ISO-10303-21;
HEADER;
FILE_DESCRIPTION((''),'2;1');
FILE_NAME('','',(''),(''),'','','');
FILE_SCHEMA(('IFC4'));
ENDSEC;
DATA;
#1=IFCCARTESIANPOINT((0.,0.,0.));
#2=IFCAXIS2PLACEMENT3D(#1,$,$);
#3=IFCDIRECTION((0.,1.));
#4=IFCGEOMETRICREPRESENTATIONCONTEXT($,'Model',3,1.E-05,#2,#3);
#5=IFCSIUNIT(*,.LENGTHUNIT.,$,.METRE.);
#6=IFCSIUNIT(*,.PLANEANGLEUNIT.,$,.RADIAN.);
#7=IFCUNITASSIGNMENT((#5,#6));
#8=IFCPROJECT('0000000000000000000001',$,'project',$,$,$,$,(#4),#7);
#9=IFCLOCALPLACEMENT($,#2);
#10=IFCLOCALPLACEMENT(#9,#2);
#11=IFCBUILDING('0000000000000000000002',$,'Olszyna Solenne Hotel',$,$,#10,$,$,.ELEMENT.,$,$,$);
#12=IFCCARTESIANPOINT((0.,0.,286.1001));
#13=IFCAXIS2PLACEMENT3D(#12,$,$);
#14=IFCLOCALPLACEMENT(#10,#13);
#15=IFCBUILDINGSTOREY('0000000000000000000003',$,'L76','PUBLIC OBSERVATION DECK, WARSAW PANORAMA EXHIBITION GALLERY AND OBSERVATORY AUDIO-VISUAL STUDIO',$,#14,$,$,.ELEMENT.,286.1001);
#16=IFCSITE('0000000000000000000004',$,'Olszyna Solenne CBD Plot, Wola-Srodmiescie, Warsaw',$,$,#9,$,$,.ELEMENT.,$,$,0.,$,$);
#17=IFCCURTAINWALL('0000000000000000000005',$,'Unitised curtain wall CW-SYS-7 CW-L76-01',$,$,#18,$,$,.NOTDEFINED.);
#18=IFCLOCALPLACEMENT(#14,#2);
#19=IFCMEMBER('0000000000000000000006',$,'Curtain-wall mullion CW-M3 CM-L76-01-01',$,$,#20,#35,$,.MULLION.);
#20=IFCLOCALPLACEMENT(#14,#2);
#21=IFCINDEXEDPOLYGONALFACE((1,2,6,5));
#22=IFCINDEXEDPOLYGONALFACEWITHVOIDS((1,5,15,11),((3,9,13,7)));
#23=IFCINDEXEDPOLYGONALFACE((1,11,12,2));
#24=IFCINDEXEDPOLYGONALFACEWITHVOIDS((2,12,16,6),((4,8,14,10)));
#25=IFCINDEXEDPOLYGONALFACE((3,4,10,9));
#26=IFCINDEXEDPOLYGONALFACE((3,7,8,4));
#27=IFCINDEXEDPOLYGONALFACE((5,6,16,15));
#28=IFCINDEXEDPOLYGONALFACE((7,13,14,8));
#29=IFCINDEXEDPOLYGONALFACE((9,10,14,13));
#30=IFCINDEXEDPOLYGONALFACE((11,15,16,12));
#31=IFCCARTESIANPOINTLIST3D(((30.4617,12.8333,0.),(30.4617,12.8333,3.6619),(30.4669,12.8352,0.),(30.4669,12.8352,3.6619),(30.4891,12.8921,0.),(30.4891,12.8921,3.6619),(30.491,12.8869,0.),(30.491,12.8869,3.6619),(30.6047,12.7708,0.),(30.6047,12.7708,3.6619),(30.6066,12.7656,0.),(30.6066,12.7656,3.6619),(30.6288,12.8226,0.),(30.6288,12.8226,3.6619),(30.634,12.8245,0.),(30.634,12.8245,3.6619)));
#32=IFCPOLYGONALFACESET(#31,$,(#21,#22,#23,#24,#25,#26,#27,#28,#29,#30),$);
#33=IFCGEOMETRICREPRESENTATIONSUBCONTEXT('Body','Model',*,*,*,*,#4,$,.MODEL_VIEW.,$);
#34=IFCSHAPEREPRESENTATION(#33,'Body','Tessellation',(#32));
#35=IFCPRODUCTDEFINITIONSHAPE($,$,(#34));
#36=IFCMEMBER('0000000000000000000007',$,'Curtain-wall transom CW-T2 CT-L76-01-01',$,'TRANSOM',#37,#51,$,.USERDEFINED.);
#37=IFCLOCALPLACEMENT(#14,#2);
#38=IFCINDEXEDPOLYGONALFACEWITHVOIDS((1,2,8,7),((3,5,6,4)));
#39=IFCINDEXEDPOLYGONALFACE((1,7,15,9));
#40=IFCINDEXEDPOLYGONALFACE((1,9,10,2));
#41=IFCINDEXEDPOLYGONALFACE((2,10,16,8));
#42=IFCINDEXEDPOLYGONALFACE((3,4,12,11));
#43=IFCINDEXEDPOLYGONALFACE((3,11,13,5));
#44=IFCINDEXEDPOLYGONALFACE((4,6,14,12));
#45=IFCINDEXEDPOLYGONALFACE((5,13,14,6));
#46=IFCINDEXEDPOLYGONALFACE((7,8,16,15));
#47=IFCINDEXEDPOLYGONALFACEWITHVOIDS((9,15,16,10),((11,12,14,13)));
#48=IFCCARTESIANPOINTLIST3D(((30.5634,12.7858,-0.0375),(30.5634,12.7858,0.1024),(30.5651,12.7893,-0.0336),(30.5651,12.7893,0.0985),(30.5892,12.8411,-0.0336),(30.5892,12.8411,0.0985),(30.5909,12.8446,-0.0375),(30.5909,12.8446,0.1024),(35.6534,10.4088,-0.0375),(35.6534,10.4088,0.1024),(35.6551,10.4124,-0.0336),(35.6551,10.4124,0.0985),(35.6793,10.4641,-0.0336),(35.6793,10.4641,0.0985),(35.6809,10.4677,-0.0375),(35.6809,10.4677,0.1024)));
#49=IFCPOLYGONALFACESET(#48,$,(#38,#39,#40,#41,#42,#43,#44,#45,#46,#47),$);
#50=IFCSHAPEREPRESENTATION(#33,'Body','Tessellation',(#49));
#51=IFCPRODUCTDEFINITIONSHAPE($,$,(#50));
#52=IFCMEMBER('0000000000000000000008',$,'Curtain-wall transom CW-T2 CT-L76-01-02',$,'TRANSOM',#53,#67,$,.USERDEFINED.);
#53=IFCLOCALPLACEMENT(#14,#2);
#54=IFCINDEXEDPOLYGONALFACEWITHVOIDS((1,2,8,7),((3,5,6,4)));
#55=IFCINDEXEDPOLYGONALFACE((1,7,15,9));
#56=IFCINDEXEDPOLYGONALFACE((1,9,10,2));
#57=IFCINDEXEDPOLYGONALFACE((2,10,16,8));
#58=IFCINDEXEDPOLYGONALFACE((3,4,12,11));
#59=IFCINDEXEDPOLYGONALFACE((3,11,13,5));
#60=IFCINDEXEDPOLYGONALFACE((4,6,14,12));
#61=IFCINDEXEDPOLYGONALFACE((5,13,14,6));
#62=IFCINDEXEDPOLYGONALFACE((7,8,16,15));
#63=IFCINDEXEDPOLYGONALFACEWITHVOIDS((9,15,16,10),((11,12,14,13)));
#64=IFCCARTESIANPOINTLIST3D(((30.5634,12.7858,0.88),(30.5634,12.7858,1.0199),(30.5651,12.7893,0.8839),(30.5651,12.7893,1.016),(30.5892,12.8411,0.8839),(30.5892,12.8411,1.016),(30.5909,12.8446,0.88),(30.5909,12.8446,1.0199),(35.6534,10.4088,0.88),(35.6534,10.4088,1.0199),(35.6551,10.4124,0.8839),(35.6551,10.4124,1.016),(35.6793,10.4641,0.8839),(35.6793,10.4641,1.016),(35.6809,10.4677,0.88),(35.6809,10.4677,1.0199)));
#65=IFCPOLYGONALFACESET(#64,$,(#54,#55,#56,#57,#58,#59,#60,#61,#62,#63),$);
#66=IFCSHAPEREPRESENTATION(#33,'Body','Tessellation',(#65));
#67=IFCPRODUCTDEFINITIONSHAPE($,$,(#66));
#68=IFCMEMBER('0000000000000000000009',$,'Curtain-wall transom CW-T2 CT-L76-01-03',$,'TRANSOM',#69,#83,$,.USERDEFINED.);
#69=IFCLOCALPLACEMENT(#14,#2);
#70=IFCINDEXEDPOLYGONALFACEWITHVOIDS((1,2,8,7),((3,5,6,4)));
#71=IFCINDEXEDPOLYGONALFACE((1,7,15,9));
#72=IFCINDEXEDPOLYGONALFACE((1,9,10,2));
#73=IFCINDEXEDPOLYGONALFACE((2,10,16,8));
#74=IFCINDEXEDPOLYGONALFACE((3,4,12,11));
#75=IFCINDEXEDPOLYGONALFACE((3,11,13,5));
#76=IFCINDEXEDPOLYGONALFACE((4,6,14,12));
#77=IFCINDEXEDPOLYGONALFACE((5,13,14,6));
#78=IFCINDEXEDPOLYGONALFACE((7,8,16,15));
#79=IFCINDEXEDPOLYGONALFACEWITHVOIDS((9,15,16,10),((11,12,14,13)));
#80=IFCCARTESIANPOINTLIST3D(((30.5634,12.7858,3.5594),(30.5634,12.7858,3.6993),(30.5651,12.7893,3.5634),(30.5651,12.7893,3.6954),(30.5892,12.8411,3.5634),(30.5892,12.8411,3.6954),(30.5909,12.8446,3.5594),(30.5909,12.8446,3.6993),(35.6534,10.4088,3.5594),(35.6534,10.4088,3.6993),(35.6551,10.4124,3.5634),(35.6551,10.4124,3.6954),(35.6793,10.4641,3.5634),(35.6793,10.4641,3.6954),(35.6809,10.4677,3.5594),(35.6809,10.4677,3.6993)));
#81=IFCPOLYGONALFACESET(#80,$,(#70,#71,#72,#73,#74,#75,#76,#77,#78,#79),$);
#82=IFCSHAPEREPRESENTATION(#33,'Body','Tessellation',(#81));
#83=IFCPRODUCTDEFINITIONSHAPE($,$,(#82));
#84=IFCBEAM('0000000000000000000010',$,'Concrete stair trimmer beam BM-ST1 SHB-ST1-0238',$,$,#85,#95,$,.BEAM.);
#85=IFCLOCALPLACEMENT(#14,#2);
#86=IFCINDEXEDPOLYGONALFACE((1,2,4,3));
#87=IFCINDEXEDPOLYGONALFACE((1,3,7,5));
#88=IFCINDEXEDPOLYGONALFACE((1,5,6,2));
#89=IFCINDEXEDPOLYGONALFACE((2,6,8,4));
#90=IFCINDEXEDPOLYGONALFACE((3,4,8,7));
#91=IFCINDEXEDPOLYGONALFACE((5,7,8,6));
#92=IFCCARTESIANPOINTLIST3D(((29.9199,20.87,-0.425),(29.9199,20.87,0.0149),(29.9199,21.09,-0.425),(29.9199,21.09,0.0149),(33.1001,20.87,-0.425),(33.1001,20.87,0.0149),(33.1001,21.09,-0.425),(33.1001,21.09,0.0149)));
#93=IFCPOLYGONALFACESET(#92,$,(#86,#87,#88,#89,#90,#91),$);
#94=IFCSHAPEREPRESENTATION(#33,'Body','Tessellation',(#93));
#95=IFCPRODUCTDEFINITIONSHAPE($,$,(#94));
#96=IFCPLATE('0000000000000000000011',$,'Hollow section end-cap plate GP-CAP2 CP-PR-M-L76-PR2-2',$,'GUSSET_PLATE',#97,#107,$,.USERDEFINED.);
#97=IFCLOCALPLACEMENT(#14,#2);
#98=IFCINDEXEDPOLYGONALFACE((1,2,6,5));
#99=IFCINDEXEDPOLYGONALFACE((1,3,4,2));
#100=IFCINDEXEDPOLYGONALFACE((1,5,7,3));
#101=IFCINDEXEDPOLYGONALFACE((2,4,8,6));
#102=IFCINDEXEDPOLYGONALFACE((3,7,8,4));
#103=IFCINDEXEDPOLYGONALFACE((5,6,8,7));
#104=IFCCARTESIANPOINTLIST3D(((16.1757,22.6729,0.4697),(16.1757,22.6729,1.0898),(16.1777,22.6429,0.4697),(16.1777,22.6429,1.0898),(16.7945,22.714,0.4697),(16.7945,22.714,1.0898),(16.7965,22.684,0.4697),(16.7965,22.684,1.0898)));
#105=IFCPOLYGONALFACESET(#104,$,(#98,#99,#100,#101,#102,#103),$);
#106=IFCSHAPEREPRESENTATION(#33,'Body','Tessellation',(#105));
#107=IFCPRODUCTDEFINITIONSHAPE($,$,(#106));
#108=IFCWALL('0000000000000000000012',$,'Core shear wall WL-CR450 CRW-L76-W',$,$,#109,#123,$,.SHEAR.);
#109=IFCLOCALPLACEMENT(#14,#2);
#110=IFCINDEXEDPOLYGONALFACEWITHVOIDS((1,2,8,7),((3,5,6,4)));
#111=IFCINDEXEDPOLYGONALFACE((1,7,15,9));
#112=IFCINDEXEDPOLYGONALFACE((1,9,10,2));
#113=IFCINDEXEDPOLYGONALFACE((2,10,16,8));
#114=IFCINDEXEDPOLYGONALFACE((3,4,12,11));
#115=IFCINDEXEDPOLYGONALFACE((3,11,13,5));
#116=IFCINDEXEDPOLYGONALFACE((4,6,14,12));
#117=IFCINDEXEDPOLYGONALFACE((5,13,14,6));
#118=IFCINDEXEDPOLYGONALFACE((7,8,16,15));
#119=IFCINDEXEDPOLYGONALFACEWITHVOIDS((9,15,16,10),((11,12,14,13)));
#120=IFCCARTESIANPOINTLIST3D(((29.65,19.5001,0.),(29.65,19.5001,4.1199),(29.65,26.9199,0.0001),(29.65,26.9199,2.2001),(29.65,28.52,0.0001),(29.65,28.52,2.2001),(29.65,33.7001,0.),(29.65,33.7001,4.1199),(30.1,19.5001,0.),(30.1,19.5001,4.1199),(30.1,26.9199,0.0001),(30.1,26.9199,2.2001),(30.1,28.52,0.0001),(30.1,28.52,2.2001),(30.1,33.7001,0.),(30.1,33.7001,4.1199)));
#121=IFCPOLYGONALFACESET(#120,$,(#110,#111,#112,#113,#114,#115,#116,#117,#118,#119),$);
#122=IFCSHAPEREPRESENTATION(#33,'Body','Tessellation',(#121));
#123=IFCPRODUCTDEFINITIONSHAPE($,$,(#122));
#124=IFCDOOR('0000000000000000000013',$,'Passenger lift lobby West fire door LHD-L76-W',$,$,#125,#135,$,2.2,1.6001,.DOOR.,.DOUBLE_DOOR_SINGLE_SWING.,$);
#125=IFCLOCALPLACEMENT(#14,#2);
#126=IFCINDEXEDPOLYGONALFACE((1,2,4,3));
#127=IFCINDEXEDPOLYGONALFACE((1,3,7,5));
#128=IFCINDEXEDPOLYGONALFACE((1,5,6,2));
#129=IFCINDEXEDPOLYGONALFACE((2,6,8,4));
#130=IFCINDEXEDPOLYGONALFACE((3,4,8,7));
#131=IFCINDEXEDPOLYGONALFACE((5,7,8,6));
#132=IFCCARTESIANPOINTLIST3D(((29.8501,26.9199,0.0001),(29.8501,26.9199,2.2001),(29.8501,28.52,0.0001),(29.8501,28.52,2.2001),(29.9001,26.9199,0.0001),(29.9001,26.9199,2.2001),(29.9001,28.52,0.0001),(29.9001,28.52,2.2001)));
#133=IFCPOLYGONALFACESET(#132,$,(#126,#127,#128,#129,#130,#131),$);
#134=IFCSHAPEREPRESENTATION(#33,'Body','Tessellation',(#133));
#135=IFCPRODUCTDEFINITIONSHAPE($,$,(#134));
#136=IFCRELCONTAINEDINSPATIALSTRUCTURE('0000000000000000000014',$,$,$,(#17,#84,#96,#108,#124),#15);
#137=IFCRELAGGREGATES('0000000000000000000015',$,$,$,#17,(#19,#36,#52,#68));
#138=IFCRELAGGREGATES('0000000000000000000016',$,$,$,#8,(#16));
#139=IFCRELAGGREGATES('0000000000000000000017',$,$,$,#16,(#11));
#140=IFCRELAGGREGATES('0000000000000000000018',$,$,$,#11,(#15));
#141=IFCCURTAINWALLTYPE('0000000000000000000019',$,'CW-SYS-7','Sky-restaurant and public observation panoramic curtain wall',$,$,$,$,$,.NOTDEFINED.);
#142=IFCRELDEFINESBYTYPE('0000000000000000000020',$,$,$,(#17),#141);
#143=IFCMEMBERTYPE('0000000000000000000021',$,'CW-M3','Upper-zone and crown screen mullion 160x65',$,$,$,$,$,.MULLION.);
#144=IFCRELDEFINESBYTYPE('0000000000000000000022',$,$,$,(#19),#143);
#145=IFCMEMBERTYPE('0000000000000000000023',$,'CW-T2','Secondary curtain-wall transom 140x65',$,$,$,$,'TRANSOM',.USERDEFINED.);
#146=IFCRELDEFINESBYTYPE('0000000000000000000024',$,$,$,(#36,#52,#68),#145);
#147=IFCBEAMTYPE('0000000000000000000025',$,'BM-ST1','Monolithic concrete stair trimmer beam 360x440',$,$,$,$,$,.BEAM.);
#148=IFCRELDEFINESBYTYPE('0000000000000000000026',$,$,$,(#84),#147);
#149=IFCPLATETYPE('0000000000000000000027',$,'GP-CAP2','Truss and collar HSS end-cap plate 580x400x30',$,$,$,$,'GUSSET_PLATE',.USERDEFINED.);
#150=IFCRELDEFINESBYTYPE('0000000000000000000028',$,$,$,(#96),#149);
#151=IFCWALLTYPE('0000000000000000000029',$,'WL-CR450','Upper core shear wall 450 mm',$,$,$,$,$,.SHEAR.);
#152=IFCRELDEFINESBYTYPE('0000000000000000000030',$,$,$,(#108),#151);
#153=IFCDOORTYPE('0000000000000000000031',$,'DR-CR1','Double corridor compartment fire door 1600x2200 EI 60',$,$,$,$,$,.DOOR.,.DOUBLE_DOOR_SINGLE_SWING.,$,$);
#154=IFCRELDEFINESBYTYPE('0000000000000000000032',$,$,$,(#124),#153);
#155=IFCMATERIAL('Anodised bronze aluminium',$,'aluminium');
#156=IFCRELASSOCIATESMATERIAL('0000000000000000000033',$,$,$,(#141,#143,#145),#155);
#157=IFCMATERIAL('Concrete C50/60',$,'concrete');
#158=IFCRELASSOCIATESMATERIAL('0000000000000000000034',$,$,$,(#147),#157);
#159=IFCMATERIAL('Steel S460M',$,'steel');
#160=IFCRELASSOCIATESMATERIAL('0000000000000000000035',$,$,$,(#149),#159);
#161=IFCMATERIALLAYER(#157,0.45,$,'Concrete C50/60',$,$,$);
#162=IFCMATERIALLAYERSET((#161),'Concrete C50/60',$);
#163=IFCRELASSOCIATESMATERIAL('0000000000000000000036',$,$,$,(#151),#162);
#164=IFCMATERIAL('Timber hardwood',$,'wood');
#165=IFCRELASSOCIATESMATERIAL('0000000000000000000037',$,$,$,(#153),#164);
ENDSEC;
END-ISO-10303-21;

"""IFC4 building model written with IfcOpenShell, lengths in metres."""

from ifc_helpers import new_model, si_unit, direction, frame, frame_2d, origin, origin_2d, place, context, subcontext, project, spatial, rectangle, hollow_rectangle, extrude, source, transform, mapped, material, layer, layer_set, material_profile, profile_set, type_object, type_shapes, element, fill, aggregate, save


model = new_model("IFC4")

# Units and contexts
model_context = context("Model", 3, precision=1e-05, world=origin(), true_north=direction((0.0, 1.0)))
body_context = subcontext(model_context, "Body", "Model", "MODEL_VIEW")
ifc_project = project(units=[si_unit("LENGTHUNIT", "METRE"), si_unit("PLANEANGLEUNIT", "RADIAN")], contexts=[model_context])

# Site, building, storey
site_placement = place(None, origin())
site = spatial("IfcSite", under=ifc_project, at=site_placement, Name="Olszyna Solenne CBD Plot, Wola-Srodmiescie, Warsaw", CompositionType="ELEMENT", RefElevation=0.0)
building_placement = place(site_placement, origin())
building = spatial("IfcBuilding", under=site, at=building_placement, Name="Olszyna Solenne Hotel", CompositionType="ELEMENT")
storey_placement = place(building_placement, frame((0.0, 0.0, 286.1001)))
storey = spatial("IfcBuildingStorey", under=building, at=storey_placement, Name="L76", Description="PUBLIC OBSERVATION DECK, WARSAW PANORAMA EXHIBITION GALLERY AND OBSERVATORY AUDIO-VISUAL STUDIO", CompositionType="ELEMENT", Elevation=286.1001)

# Curtain wall, members
ifc_material_1 = material(Name="Anodised bronze aluminium", Category="aluminium")
curtain_wall_type = type_object("IfcCurtainWallType", Name="CW-SYS-7", Description="Sky-restaurant and public observation panoramic curtain wall", PredefinedType="NOTDEFINED", material=ifc_material_1)
curtain_wall_placement = place(storey_placement, origin())
curtain_wall = element("IfcCurtainWall", 1, at=curtain_wall_placement, inside=storey, type_object=curtain_wall_type, Name="Unitised curtain wall CW-SYS-7 CW-L76-01", PredefinedType="NOTDEFINED")
ifc_material_profile_1 = material_profile(ifc_material_1, hollow_rectangle(XDim=0.0649, YDim=0.1599, WallThickness=0.0039, at=origin_2d()), Name="MULL 160x65x4", Category="load-bearing")
ifc_profile_set_1 = profile_set([ifc_material_profile_1], Name="Anodised bronze aluminium")
member_type_1 = type_object("IfcMemberType", Name="CW-M3", Description="Upper-zone and crown screen mullion 160x65", PredefinedType="MULLION", material=ifc_profile_set_1)
shared_shape_1 = source(origin(), body_context, "Body", "SweptSolid", [
    extrude(hollow_rectangle(XDim=0.0649, YDim=0.1599, WallThickness=0.0039, at=origin_2d()), origin(), (0.0, 0.0, 1.0), 3.6619),
])
member_1_placement = place(storey_placement, frame((30.5479, 12.8289, 0.0), z_axis=(0.0, 0.0, 1.0), x_axis=(0.423084, 0.90609, 0.0)))
member_1 = element("IfcMember", 2, at=member_1_placement, type_object=member_type_1, Name="Curtain-wall mullion CW-M3 CM-L76-01-01", PredefinedType="MULLION", context=body_context, shape_type="MappedRepresentation", body=[
    mapped(shared_shape_1, transform((0.0, 0.0, 0.0), x_axis=(1.0, 0.0, 0.0), y_axis=(0.0, 1.0, 0.0), z_axis=(0.0, 0.0, 1.0), scale=1.0)),
])
ifc_material_profile_2 = material_profile(ifc_material_1, hollow_rectangle(XDim=0.0649, YDim=0.1399, WallThickness=0.0039, at=origin_2d()), Name="TRAN 140x65x4", Category="load-bearing")
ifc_profile_set_2 = profile_set([ifc_material_profile_2], Name="Anodised bronze aluminium")
member_type_2 = type_object("IfcMemberType", Name="CW-T2", Description="Secondary curtain-wall transom 140x65", ElementType="TRANSOM", PredefinedType="USERDEFINED", material=ifc_profile_set_2)
shared_shape_2 = source(origin(), body_context, "Body", "SweptSolid", [
    extrude(hollow_rectangle(XDim=0.0649, YDim=0.1399, WallThickness=0.0039, at=origin_2d()), origin(), (0.0, 0.0, 1.0), 5.6177),
])
member_2_placement = place(storey_placement, frame((30.5771, 12.8152, 0.0325), z_axis=(0.906075, -0.423116, 0.0), x_axis=(0.423116, 0.906075, 0.0)))
member_2 = element("IfcMember", 3, at=member_2_placement, type_object=member_type_2, Name="Curtain-wall transom CW-T2 CT-L76-01-01", ObjectType="TRANSOM", PredefinedType="USERDEFINED", context=body_context, shape_type="MappedRepresentation", body=[
    mapped(shared_shape_2, transform((0.0, 0.0, 0.0), x_axis=(1.0, 0.0, 0.0), y_axis=(0.0, 1.0, 0.0), z_axis=(0.0, 0.0, 1.0), scale=1.0)),
])
member_3_placement = place(storey_placement, frame((30.5771, 12.8152, 0.95), z_axis=(0.906075, -0.423116, 0.0), x_axis=(0.423116, 0.906075, 0.0)))
member_3 = element("IfcMember", 4, at=member_3_placement, type_object=member_type_2, Name="Curtain-wall transom CW-T2 CT-L76-01-02", ObjectType="TRANSOM", PredefinedType="USERDEFINED", context=body_context, shape_type="MappedRepresentation", body=[
    mapped(shared_shape_2, transform((0.0, 0.0, 0.0), x_axis=(1.0, 0.0, 0.0), y_axis=(0.0, 1.0, 0.0), z_axis=(0.0, 0.0, 1.0), scale=1.0)),
])
member_4_placement = place(storey_placement, frame((30.5771, 12.8152, 3.6294), z_axis=(0.906075, -0.423116, 0.0), x_axis=(0.423116, 0.906075, 0.0)))
member_4 = element("IfcMember", 5, at=member_4_placement, type_object=member_type_2, Name="Curtain-wall transom CW-T2 CT-L76-01-03", ObjectType="TRANSOM", PredefinedType="USERDEFINED", context=body_context, shape_type="MappedRepresentation", body=[
    mapped(shared_shape_2, transform((0.0, 0.0, 0.0), x_axis=(1.0, 0.0, 0.0), y_axis=(0.0, 1.0, 0.0), z_axis=(0.0, 0.0, 1.0), scale=1.0)),
])
aggregate(curtain_wall, [member_1, member_2, member_3, member_4])

# Beam
ifc_material_2 = material(Name="Concrete C50/60", Category="concrete")
ifc_material_profile_3 = material_profile(ifc_material_2, rectangle(XDim=0.22, YDim=0.4399, at=origin_2d()), Name="RC 220x440", Category="load-bearing")
ifc_profile_set_3 = profile_set([ifc_material_profile_3], Name="Concrete C50/60")
beam_type_1 = type_object("IfcBeamType", Name="BM-ST1", Description="Monolithic concrete stair trimmer beam 360x440", PredefinedType="BEAM", material=ifc_profile_set_3)
shared_shape_3 = source(origin(), body_context, "Body", "SweptSolid", [
    extrude(rectangle(XDim=0.22, YDim=0.4399, at=origin_2d()), origin(), (0.0, 0.0, 1.0), 3.1802),
])
beam_1_placement = place(storey_placement, frame((33.1001, 20.98, -0.2051), z_axis=(-1.0, 0.0, 0.0), x_axis=(0.0, -1.0, 0.0)))
element("IfcBeam", 6, at=beam_1_placement, inside=storey, type_object=beam_type_1, Name="Concrete stair trimmer beam BM-ST1 SHB-ST1-0238", PredefinedType="BEAM", context=body_context, shape_type="MappedRepresentation", body=[
    mapped(shared_shape_3, transform((0.0, 0.0, 0.0), x_axis=(1.0, 0.0, 0.0), y_axis=(0.0, 1.0, 0.0), z_axis=(0.0, 0.0, 1.0), scale=1.0)),
])

# Plate
ifc_material_3 = material(Name="Steel S460M", Category="steel")
plate_type = type_object("IfcPlateType", Name="GP-CAP2", Description="Truss and collar HSS end-cap plate 580x400x30", ElementType="GUSSET_PLATE", PredefinedType="USERDEFINED", material=ifc_material_3)
shared_shape_4 = source(origin(), body_context, "Body", "SweptSolid", [
    extrude(rectangle(XDim=0.03, YDim=0.6201, at=origin_2d()), origin(), (0.0, 0.0, 1.0), 0.6201),
])
plate_placement = place(storey_placement, frame((16.4861, 22.6785, 0.4697), z_axis=(0.0, 0.0, 1.0), x_axis=(0.066274, -0.997801, 0.0)))
element("IfcPlate", 7, at=plate_placement, inside=storey, type_object=plate_type, Name="Hollow section end-cap plate GP-CAP2 CP-PR-M-L76-PR2-2", ObjectType="GUSSET_PLATE", PredefinedType="USERDEFINED", context=body_context, shape_type="MappedRepresentation", body=[
    mapped(shared_shape_4, transform((0.0, 0.0, 0.0), x_axis=(1.0, 0.0, 0.0), y_axis=(0.0, 1.0, 0.0), z_axis=(0.0, 0.0, 1.0), scale=1.0)),
])

# Wall, opening, door
ifc_layer_1 = layer(ifc_material_2, 0.45, Name="Concrete C50/60")
ifc_layer_set_1 = layer_set([ifc_layer_1], Name="Concrete C50/60")
wall_type_1 = type_object("IfcWallType", Name="WL-CR450", Description="Upper core shear wall 450 mm", PredefinedType="SHEAR", material=ifc_layer_set_1)
wall_1_placement = place(storey_placement, frame((29.875, 19.5, 0.0), z_axis=(0.0, 0.0, 1.0), x_axis=(0.0, 1.0, 0.0)))
wall_1 = element("IfcWall", 8, at=wall_1_placement, inside=storey, type_object=wall_type_1, Name="Core shear wall WL-CR450 CRW-L76-W", PredefinedType="SHEAR", context=body_context, shape_type="SweptSolid", body=[
    extrude(rectangle(XDim=14.2, YDim=0.45, at=frame_2d((7.1001, 0.0))), origin(), (0.0, 0.0, 1.0), 4.1199),
])
opening_1_placement = place(wall_1_placement, frame((7.4199, 0.0, 0.0)))
opening_1 = element("IfcOpeningElement", 9, at=opening_1_placement, cuts=wall_1, PredefinedType="OPENING", context=body_context, shape_type="SweptSolid", body=[
    extrude(rectangle(XDim=1.6001, YDim=2.2, at=frame_2d((0.8, 1.1001))), frame((0.0, 0.2349, 0.0), z_axis=(0.0, -1.0, 0.0), x_axis=(1.0, 0.0, 0.0)), (0.0, 0.0, 1.0), 0.47),
])
ifc_material_4 = material(Name="Timber hardwood", Category="wood")
door_type_1 = type_object("IfcDoorType", Name="DR-CR1", Description="Double corridor compartment fire door 1600x2200 EI 60", OperationType="DOUBLE_DOOR_SINGLE_SWING", PredefinedType="DOOR", material=ifc_material_4)
shared_shape_5 = source(origin(), body_context, "Body", "SweptSolid", [
    extrude(rectangle(XDim=1.6001, YDim=2.2, at=frame_2d((0.8, 1.1001))), frame((0.0, 0.0249, 0.0), z_axis=(0.0, -1.0, 0.0), x_axis=(1.0, 0.0, 0.0)), (0.0, 0.0, 1.0), 0.05),
])
type_shapes(door_type_1, [shared_shape_5])
door_1_placement = place(opening_1_placement, origin())
door_1 = element("IfcDoor", 10, at=door_1_placement, inside=storey, type_object=door_type_1, Name="Passenger lift lobby West fire door LHD-L76-W", OperationType="DOUBLE_DOOR_SINGLE_SWING", OverallHeight=2.2, OverallWidth=1.6001, PredefinedType="DOOR", context=body_context, shape_type="MappedRepresentation", body=[
    mapped(shared_shape_5, transform((0.0, 0.0, 0.0), x_axis=(1.0, 0.0, 0.0), y_axis=(0.0, 1.0, 0.0), z_axis=(0.0, 0.0, 1.0), scale=1.0)),
])
fill(opening_1, door_1)

save(model, "model.ifc")
